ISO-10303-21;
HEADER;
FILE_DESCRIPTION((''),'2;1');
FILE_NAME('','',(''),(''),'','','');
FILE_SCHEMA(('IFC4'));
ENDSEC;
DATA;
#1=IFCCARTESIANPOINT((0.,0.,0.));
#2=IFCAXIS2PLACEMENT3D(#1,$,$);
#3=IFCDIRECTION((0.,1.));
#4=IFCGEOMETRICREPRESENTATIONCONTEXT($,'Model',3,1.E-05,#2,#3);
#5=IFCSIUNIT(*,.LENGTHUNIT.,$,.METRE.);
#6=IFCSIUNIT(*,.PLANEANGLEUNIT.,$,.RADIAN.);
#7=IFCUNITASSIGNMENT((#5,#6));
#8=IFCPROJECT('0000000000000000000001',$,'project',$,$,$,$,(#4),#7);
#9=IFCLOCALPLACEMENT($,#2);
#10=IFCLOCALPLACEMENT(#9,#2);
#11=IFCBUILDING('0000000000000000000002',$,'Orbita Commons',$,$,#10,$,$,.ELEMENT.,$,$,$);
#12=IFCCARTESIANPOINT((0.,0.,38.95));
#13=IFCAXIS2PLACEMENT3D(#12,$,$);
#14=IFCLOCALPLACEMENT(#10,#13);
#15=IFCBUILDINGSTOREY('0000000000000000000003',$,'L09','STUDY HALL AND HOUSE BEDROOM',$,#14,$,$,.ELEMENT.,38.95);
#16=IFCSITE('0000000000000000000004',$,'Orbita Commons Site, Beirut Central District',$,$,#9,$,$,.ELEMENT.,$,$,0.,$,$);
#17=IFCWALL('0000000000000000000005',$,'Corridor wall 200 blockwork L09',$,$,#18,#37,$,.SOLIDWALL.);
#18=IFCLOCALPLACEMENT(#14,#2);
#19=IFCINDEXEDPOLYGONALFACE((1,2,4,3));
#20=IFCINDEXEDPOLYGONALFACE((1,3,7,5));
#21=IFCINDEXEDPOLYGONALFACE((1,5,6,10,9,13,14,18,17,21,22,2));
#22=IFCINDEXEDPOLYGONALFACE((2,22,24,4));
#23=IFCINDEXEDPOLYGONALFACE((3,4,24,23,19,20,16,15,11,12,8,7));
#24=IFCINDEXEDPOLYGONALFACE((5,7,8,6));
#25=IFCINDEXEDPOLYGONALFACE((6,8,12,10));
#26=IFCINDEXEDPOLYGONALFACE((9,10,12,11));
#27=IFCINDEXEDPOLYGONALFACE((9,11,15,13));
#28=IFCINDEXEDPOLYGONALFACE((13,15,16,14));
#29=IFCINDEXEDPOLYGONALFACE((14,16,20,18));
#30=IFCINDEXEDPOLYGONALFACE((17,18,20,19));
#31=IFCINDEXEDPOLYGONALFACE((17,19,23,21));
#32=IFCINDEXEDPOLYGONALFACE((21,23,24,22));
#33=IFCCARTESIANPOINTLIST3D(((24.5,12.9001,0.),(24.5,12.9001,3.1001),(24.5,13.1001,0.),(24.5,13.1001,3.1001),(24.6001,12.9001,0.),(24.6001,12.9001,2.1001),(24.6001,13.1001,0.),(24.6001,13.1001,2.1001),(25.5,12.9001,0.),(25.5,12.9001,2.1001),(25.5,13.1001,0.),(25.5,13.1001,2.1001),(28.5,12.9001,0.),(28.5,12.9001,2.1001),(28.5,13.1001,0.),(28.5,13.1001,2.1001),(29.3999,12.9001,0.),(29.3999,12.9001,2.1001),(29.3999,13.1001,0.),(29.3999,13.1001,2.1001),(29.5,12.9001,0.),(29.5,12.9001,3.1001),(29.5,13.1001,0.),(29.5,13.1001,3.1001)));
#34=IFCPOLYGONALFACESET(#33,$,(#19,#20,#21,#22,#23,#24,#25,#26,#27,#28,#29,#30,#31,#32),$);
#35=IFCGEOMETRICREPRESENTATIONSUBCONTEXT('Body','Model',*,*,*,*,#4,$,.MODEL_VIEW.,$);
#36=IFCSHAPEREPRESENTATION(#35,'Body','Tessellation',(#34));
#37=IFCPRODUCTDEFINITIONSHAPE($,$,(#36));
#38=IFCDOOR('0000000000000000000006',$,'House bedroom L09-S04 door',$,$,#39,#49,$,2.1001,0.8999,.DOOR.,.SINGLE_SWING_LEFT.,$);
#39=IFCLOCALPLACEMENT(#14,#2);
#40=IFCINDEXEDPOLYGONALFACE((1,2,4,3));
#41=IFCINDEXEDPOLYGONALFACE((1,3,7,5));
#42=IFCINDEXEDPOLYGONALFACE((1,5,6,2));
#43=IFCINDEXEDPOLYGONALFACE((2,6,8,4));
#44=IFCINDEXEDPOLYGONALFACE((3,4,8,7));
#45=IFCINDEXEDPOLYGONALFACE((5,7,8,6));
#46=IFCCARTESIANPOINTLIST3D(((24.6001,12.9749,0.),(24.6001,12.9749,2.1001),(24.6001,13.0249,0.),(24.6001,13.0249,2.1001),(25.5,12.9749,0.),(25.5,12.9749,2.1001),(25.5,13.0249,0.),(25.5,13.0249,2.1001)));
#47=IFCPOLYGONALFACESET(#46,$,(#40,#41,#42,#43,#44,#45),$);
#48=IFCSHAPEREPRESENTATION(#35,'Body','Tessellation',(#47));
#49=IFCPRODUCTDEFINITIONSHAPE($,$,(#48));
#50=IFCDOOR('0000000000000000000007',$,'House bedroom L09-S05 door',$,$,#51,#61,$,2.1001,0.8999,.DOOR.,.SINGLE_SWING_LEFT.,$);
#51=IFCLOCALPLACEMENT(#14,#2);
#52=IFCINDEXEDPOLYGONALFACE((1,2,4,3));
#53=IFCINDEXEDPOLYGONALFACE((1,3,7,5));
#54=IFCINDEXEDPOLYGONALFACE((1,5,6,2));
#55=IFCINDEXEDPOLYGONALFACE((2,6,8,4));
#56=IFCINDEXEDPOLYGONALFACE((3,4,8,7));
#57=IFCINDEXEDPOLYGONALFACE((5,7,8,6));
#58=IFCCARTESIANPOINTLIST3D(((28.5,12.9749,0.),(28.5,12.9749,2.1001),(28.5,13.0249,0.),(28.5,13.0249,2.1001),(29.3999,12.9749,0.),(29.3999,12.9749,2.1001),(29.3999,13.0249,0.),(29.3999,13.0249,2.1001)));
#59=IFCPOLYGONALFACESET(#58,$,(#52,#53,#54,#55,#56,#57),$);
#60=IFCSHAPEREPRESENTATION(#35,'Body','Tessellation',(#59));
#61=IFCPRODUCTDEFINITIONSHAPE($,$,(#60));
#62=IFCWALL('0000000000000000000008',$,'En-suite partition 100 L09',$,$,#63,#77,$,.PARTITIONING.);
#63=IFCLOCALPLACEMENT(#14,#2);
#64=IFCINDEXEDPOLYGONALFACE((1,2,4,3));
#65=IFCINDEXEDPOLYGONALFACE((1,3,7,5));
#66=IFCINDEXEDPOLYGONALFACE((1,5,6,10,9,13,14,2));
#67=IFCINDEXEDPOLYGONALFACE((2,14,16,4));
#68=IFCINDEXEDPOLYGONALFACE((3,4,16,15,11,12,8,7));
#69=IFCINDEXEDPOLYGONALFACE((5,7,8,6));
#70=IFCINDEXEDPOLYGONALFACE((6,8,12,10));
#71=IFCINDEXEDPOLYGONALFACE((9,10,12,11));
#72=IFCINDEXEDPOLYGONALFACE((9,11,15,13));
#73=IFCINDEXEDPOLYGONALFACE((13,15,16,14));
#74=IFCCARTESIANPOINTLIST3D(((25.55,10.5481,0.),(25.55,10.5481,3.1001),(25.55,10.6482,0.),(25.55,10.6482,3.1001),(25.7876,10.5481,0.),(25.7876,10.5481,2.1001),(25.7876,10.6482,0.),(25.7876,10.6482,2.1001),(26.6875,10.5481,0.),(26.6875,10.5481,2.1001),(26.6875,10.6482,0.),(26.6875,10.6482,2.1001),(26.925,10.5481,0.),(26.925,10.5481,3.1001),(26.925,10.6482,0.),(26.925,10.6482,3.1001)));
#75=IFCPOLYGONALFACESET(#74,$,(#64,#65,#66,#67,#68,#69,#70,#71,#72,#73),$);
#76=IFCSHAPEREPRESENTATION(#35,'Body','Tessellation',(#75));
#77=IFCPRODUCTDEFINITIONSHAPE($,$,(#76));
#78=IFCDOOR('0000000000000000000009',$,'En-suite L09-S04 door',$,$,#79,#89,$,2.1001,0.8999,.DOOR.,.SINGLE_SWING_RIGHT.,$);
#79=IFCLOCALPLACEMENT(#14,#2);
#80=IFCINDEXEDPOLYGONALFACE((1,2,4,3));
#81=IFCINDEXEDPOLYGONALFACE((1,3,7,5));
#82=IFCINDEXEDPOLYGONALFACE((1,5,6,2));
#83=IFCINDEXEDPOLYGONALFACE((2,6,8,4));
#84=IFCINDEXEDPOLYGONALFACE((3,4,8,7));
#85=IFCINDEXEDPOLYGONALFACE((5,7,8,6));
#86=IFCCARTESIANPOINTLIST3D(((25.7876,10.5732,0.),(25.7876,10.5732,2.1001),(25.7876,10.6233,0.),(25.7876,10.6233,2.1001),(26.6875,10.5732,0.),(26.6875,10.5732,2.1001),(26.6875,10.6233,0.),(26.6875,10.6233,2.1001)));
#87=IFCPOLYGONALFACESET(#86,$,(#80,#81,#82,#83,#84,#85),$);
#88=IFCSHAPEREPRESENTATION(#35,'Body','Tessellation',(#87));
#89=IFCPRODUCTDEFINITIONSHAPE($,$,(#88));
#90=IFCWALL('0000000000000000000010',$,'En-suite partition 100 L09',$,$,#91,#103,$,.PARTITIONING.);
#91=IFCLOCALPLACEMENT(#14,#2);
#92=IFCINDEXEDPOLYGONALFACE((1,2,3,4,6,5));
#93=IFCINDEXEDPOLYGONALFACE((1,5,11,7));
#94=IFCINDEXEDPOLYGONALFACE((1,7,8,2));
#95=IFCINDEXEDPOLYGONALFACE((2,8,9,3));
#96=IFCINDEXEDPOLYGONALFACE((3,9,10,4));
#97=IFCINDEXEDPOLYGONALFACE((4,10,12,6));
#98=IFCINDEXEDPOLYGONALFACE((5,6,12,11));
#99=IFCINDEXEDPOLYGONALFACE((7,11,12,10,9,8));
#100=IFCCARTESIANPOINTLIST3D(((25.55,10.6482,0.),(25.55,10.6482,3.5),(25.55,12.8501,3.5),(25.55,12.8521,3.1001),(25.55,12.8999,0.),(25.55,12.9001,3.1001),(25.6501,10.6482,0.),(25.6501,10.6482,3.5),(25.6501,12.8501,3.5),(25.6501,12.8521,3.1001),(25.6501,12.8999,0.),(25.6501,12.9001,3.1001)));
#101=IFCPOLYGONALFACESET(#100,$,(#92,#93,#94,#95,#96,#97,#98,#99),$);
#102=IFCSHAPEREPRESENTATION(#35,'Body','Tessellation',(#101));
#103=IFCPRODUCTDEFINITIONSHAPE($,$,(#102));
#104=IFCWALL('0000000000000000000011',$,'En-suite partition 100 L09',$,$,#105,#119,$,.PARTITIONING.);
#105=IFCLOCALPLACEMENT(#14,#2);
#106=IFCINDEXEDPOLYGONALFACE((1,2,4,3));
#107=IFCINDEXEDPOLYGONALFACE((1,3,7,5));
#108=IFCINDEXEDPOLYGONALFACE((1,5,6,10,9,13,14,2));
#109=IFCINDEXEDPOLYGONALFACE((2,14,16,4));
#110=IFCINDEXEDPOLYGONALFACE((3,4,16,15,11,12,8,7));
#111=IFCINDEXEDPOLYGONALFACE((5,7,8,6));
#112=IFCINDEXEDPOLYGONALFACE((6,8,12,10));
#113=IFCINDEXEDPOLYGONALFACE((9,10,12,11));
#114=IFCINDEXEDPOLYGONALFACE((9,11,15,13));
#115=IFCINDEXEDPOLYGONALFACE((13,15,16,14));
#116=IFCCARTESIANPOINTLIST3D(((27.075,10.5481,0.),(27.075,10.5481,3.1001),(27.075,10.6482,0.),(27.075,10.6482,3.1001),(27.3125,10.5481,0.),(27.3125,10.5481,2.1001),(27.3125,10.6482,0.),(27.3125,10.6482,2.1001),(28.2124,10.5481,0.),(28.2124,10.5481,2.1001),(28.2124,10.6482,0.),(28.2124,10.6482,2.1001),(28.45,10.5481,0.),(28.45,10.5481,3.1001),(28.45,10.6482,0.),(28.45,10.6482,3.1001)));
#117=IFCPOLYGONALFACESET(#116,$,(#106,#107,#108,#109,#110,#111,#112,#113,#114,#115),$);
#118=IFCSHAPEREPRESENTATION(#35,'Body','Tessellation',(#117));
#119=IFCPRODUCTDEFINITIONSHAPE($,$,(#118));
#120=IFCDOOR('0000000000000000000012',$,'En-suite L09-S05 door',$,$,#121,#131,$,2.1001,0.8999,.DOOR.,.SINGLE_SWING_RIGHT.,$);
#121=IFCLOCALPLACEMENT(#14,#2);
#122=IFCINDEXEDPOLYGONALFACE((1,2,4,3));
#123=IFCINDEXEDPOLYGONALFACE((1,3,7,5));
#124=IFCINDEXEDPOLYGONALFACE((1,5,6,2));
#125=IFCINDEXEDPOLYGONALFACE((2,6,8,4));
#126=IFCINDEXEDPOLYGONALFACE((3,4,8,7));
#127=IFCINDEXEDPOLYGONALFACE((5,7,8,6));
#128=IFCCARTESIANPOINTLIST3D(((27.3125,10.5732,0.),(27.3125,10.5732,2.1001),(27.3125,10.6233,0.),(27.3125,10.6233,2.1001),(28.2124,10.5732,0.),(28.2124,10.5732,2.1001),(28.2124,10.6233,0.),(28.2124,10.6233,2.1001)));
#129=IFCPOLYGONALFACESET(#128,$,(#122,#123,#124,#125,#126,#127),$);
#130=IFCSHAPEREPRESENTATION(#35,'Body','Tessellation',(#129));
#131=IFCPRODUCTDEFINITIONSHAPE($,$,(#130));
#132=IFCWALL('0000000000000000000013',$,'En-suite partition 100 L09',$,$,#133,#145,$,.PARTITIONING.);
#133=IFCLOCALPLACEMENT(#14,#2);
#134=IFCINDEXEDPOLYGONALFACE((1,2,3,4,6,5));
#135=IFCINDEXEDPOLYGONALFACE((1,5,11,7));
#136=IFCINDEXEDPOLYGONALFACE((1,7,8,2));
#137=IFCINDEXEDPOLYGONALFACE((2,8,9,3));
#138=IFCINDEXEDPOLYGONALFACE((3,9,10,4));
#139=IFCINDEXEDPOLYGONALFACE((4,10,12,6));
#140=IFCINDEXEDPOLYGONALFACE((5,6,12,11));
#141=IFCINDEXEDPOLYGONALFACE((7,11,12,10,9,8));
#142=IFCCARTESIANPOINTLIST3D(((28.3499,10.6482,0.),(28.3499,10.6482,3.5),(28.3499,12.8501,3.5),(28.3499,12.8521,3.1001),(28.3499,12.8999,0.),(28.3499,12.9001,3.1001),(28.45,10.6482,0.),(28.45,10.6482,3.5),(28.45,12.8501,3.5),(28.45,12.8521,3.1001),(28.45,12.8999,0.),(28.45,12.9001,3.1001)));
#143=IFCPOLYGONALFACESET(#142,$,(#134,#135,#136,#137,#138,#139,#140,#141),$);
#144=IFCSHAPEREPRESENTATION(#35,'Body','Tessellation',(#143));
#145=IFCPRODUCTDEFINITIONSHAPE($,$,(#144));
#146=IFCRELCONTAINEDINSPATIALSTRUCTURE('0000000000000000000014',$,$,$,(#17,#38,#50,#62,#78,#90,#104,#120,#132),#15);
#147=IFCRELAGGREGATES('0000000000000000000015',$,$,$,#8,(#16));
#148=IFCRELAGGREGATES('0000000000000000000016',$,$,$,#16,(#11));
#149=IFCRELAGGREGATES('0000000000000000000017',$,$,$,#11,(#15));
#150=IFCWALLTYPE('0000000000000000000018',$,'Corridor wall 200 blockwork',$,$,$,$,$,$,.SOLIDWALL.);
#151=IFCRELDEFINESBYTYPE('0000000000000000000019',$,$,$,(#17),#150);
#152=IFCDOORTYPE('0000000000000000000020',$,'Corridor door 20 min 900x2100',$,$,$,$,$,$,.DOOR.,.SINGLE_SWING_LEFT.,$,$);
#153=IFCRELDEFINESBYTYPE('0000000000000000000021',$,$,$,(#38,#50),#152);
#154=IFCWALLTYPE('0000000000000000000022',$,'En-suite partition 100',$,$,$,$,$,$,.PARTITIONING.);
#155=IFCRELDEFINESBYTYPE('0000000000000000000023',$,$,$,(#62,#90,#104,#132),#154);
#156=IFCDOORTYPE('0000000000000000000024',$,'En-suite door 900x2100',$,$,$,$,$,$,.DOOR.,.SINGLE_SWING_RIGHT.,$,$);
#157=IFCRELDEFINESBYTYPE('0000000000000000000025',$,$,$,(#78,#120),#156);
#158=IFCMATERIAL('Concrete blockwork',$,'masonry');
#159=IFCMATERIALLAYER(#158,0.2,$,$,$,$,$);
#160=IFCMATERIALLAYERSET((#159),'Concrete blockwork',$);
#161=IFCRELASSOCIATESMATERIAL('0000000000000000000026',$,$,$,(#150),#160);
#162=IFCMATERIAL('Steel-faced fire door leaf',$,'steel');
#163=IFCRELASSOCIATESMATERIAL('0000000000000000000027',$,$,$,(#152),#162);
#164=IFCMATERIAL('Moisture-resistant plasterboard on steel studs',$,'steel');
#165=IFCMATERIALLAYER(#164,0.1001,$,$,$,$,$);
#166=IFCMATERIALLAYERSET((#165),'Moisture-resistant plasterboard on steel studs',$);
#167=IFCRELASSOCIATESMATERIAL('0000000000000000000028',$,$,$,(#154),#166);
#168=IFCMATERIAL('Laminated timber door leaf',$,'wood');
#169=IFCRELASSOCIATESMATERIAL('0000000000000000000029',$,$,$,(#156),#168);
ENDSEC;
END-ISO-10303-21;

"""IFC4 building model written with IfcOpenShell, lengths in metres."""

from ifc_helpers import new_model, si_unit, direction, frame, frame_2d, origin, place, context, subcontext, project, spatial, polyline, rectangle, outline, extrude, material, layer, layer_set, type_object, element, fill, save


model = new_model("IFC4")

# Units and contexts
model_context = context("Model", 3, precision=1e-05, world=origin(), true_north=direction((0.0, 1.0)))
body_context = subcontext(model_context, "Body", "Model", "MODEL_VIEW")
ifc_project = project(units=[si_unit("LENGTHUNIT", "METRE"), si_unit("PLANEANGLEUNIT", "RADIAN")], contexts=[model_context])

# Site, building, storey
site_placement = place(None, origin())
site = spatial("IfcSite", under=ifc_project, at=site_placement, Name="Orbita Commons Site, Beirut Central District", CompositionType="ELEMENT", RefElevation=0.0)
building_placement = place(site_placement, origin())
building = spatial("IfcBuilding", under=site, at=building_placement, Name="Orbita Commons", CompositionType="ELEMENT")
storey_placement = place(building_placement, frame((0.0, 0.0, 38.95)))
storey = spatial("IfcBuildingStorey", under=building, at=storey_placement, Name="L09", Description="STUDY HALL AND HOUSE BEDROOM", CompositionType="ELEMENT", Elevation=38.95)

# Wall, openings, doors
ifc_material_1 = material(Name="Concrete blockwork", Category="masonry")
ifc_layer_1 = layer(ifc_material_1, 0.2)
ifc_layer_set_1 = layer_set([ifc_layer_1], Name="Concrete blockwork")
wall_type_1 = type_object("IfcWallType", Name="Corridor wall 200 blockwork", PredefinedType="SOLIDWALL", material=ifc_layer_set_1)
wall_1_placement = place(storey_placement, frame((24.5, 13.0, 0.0), z_axis=(0.0, 0.0, 1.0), x_axis=(1.0, 0.0, 0.0)))
wall_1 = element("IfcWall", 1, at=wall_1_placement, inside=storey, type_object=wall_type_1, Name="Corridor wall 200 blockwork L09", PredefinedType="SOLIDWALL", context=body_context, shape_type="SweptSolid", body=[
    extrude(outline(polyline([(0.0, 0.0), (5.0, 0.0), (5.0, 3.1001), (0.0, 3.1001), (0.0, 0.0)])), frame((0.0, 0.1001, 0.0), z_axis=(0.0, -1.0, 0.0), x_axis=(1.0, 0.0, 0.0)), (0.0, 0.0, 1.0), 0.2),
])
opening_1_placement = place(wall_1_placement, frame((0.1001, 0.0, 0.0)))
opening_1 = element("IfcOpeningElement", 2, at=opening_1_placement, cuts=wall_1, PredefinedType="OPENING", context=body_context, shape_type="SweptSolid", body=[
    extrude(rectangle(XDim=0.8999, YDim=2.1001, at=frame_2d((0.45, 1.05))), frame((0.0, 0.1099, 0.0), z_axis=(0.0, -1.0, 0.0), x_axis=(1.0, 0.0, 0.0)), (0.0, 0.0, 1.0), 0.22),
])
opening_2_placement = place(wall_1_placement, frame((4.0, 0.0, 0.0)))
opening_2 = element("IfcOpeningElement", 3, at=opening_2_placement, cuts=wall_1, PredefinedType="OPENING", context=body_context, shape_type="SweptSolid", body=[
    extrude(rectangle(XDim=0.8999, YDim=2.1001, at=frame_2d((0.45, 1.05))), frame((0.0, 0.1099, 0.0), z_axis=(0.0, -1.0, 0.0), x_axis=(1.0, 0.0, 0.0)), (0.0, 0.0, 1.0), 0.22),
])
ifc_material_2 = material(Name="Steel-faced fire door leaf", Category="steel")
door_type_1 = type_object("IfcDoorType", Name="Corridor door 20 min 900x2100", OperationType="SINGLE_SWING_LEFT", PredefinedType="DOOR", material=ifc_material_2)
door_1_placement = place(opening_1_placement, origin())
door_1 = element("IfcDoor", 4, at=door_1_placement, inside=storey, type_object=door_type_1, Name="House bedroom L09-S04 door", OperationType="SINGLE_SWING_LEFT", OverallHeight=2.1001, OverallWidth=0.8999, PredefinedType="DOOR", context=body_context, shape_type="SweptSolid", body=[
    extrude(rectangle(XDim=0.8999, YDim=2.1001, at=frame_2d((0.45, 1.05))), frame((0.0, 0.0249, 0.0), z_axis=(0.0, -1.0, 0.0), x_axis=(1.0, 0.0, 0.0)), (0.0, 0.0, 1.0), 0.05),
])
fill(opening_1, door_1)
door_2_placement = place(opening_2_placement, origin())
door_2 = element("IfcDoor", 5, at=door_2_placement, inside=storey, type_object=door_type_1, Name="House bedroom L09-S05 door", OperationType="SINGLE_SWING_LEFT", OverallHeight=2.1001, OverallWidth=0.8999, PredefinedType="DOOR", context=body_context, shape_type="SweptSolid", body=[
    extrude(rectangle(XDim=0.8999, YDim=2.1001, at=frame_2d((0.45, 1.05))), frame((0.0, 0.0249, 0.0), z_axis=(0.0, -1.0, 0.0), x_axis=(1.0, 0.0, 0.0)), (0.0, 0.0, 1.0), 0.05),
])
fill(opening_2, door_2)

# Wall, opening, door
ifc_material_3 = material(Name="Moisture-resistant plasterboard on steel studs", Category="steel")
ifc_layer_2 = layer(ifc_material_3, 0.1001)
ifc_layer_set_2 = layer_set([ifc_layer_2], Name="Moisture-resistant plasterboard on steel studs")
wall_type_2 = type_object("IfcWallType", Name="En-suite partition 100", PredefinedType="PARTITIONING", material=ifc_layer_set_2)
wall_2_placement = place(storey_placement, frame((26.925, 10.5981, 0.0), z_axis=(0.0, 0.0, 1.0), x_axis=(-1.0, 0.0, 0.0)))
wall_2 = element("IfcWall", 6, at=wall_2_placement, inside=storey, type_object=wall_type_2, Name="En-suite partition 100 L09", PredefinedType="PARTITIONING", context=body_context, shape_type="SweptSolid", body=[
    extrude(outline(polyline([(0.0, 0.0), (1.375, 0.0), (1.375, 3.1001), (0.0, 3.1001), (0.0, 0.0)])), frame((0.0, 0.05, 0.0), z_axis=(0.0, -1.0, 0.0), x_axis=(1.0, 0.0, 0.0)), (0.0, 0.0, 1.0), 0.1001),
])
opening_3_placement = place(wall_2_placement, frame((0.2375, 0.0, 0.0)))
opening_3 = element("IfcOpeningElement", 7, at=opening_3_placement, cuts=wall_2, PredefinedType="OPENING", context=body_context, shape_type="SweptSolid", body=[
    extrude(rectangle(XDim=0.8999, YDim=2.1001, at=frame_2d((0.45, 1.05))), frame((0.0, 0.0601, 0.0), z_axis=(0.0, -1.0, 0.0), x_axis=(1.0, 0.0, 0.0)), (0.0, 0.0, 1.0), 0.1201),
])
ifc_material_4 = material(Name="Laminated timber door leaf", Category="wood")
door_type_2 = type_object("IfcDoorType", Name="En-suite door 900x2100", OperationType="SINGLE_SWING_RIGHT", PredefinedType="DOOR", material=ifc_material_4)
door_3_placement = place(opening_3_placement, origin())
door_3 = element("IfcDoor", 8, at=door_3_placement, inside=storey, type_object=door_type_2, Name="En-suite L09-S04 door", OperationType="SINGLE_SWING_RIGHT", OverallHeight=2.1001, OverallWidth=0.8999, PredefinedType="DOOR", context=body_context, shape_type="SweptSolid", body=[
    extrude(rectangle(XDim=0.8999, YDim=2.1001, at=frame_2d((0.45, 1.05))), frame((0.0, 0.0249, 0.0), z_axis=(0.0, -1.0, 0.0), x_axis=(1.0, 0.0, 0.0)), (0.0, 0.0, 1.0), 0.05),
])
fill(opening_3, door_3)

# Wall
wall_3_placement = place(storey_placement, frame((25.6001, 10.6482, 0.0), z_axis=(0.0, 0.0, 1.0), x_axis=(0.0, 1.0, 0.0)))
element("IfcWall", 9, at=wall_3_placement, inside=storey, type_object=wall_type_2, Name="En-suite partition 100 L09", PredefinedType="PARTITIONING", context=body_context, shape_type="SweptSolid", body=[
    extrude(outline(polyline([(0.0, 0.0), (2.2517, 0.0), (2.252, 3.1001), (2.2039, 3.1001), (2.2019, 3.5), (0.0, 3.5), (0.0, 0.0)])), frame((0.0, 0.05, 0.0), z_axis=(0.0, -1.0, 0.0), x_axis=(1.0, 0.0, 0.0)), (0.0, 0.0, 1.0), 0.1001),
])

# Wall, opening, door
wall_4_placement = place(storey_placement, frame((28.45, 10.5981, 0.0), z_axis=(0.0, 0.0, 1.0), x_axis=(-1.0, 0.0, 0.0)))
wall_4 = element("IfcWall", 10, at=wall_4_placement, inside=storey, type_object=wall_type_2, Name="En-suite partition 100 L09", PredefinedType="PARTITIONING", context=body_context, shape_type="SweptSolid", body=[
    extrude(outline(polyline([(0.0, 0.0), (1.375, 0.0), (1.375, 3.1001), (0.0, 3.1001), (0.0, 0.0)])), frame((0.0, 0.05, 0.0), z_axis=(0.0, -1.0, 0.0), x_axis=(1.0, 0.0, 0.0)), (0.0, 0.0, 1.0), 0.1001),
])
opening_4_placement = place(wall_4_placement, frame((0.2375, 0.0, 0.0)))
opening_4 = element("IfcOpeningElement", 11, at=opening_4_placement, cuts=wall_4, PredefinedType="OPENING", context=body_context, shape_type="SweptSolid", body=[
    extrude(rectangle(XDim=0.8999, YDim=2.1001, at=frame_2d((0.45, 1.05))), frame((0.0, 0.0601, 0.0), z_axis=(0.0, -1.0, 0.0), x_axis=(1.0, 0.0, 0.0)), (0.0, 0.0, 1.0), 0.1201),
])
door_4_placement = place(opening_4_placement, origin())
door_4 = element("IfcDoor", 12, at=door_4_placement, inside=storey, type_object=door_type_2, Name="En-suite L09-S05 door", OperationType="SINGLE_SWING_RIGHT", OverallHeight=2.1001, OverallWidth=0.8999, PredefinedType="DOOR", context=body_context, shape_type="SweptSolid", body=[
    extrude(rectangle(XDim=0.8999, YDim=2.1001, at=frame_2d((0.45, 1.05))), frame((0.0, 0.0249, 0.0), z_axis=(0.0, -1.0, 0.0), x_axis=(1.0, 0.0, 0.0)), (0.0, 0.0, 1.0), 0.05),
])
fill(opening_4, door_4)

# Wall
wall_5_placement = place(storey_placement, frame((28.3999, 10.6482, 0.0), z_axis=(0.0, 0.0, 1.0), x_axis=(0.0, 1.0, 0.0)))
element("IfcWall", 13, at=wall_5_placement, inside=storey, type_object=wall_type_2, Name="En-suite partition 100 L09", PredefinedType="PARTITIONING", context=body_context, shape_type="SweptSolid", body=[
    extrude(outline(polyline([(0.0, 0.0), (2.2517, 0.0), (2.252, 3.1001), (2.2039, 3.1001), (2.2019, 3.5), (0.0, 3.5), (0.0, 0.0)])), frame((0.0, 0.05, 0.0), z_axis=(0.0, -1.0, 0.0), x_axis=(1.0, 0.0, 0.0)), (0.0, 0.0, 1.0), 0.1001),
])

save(model, "model.ifc")
